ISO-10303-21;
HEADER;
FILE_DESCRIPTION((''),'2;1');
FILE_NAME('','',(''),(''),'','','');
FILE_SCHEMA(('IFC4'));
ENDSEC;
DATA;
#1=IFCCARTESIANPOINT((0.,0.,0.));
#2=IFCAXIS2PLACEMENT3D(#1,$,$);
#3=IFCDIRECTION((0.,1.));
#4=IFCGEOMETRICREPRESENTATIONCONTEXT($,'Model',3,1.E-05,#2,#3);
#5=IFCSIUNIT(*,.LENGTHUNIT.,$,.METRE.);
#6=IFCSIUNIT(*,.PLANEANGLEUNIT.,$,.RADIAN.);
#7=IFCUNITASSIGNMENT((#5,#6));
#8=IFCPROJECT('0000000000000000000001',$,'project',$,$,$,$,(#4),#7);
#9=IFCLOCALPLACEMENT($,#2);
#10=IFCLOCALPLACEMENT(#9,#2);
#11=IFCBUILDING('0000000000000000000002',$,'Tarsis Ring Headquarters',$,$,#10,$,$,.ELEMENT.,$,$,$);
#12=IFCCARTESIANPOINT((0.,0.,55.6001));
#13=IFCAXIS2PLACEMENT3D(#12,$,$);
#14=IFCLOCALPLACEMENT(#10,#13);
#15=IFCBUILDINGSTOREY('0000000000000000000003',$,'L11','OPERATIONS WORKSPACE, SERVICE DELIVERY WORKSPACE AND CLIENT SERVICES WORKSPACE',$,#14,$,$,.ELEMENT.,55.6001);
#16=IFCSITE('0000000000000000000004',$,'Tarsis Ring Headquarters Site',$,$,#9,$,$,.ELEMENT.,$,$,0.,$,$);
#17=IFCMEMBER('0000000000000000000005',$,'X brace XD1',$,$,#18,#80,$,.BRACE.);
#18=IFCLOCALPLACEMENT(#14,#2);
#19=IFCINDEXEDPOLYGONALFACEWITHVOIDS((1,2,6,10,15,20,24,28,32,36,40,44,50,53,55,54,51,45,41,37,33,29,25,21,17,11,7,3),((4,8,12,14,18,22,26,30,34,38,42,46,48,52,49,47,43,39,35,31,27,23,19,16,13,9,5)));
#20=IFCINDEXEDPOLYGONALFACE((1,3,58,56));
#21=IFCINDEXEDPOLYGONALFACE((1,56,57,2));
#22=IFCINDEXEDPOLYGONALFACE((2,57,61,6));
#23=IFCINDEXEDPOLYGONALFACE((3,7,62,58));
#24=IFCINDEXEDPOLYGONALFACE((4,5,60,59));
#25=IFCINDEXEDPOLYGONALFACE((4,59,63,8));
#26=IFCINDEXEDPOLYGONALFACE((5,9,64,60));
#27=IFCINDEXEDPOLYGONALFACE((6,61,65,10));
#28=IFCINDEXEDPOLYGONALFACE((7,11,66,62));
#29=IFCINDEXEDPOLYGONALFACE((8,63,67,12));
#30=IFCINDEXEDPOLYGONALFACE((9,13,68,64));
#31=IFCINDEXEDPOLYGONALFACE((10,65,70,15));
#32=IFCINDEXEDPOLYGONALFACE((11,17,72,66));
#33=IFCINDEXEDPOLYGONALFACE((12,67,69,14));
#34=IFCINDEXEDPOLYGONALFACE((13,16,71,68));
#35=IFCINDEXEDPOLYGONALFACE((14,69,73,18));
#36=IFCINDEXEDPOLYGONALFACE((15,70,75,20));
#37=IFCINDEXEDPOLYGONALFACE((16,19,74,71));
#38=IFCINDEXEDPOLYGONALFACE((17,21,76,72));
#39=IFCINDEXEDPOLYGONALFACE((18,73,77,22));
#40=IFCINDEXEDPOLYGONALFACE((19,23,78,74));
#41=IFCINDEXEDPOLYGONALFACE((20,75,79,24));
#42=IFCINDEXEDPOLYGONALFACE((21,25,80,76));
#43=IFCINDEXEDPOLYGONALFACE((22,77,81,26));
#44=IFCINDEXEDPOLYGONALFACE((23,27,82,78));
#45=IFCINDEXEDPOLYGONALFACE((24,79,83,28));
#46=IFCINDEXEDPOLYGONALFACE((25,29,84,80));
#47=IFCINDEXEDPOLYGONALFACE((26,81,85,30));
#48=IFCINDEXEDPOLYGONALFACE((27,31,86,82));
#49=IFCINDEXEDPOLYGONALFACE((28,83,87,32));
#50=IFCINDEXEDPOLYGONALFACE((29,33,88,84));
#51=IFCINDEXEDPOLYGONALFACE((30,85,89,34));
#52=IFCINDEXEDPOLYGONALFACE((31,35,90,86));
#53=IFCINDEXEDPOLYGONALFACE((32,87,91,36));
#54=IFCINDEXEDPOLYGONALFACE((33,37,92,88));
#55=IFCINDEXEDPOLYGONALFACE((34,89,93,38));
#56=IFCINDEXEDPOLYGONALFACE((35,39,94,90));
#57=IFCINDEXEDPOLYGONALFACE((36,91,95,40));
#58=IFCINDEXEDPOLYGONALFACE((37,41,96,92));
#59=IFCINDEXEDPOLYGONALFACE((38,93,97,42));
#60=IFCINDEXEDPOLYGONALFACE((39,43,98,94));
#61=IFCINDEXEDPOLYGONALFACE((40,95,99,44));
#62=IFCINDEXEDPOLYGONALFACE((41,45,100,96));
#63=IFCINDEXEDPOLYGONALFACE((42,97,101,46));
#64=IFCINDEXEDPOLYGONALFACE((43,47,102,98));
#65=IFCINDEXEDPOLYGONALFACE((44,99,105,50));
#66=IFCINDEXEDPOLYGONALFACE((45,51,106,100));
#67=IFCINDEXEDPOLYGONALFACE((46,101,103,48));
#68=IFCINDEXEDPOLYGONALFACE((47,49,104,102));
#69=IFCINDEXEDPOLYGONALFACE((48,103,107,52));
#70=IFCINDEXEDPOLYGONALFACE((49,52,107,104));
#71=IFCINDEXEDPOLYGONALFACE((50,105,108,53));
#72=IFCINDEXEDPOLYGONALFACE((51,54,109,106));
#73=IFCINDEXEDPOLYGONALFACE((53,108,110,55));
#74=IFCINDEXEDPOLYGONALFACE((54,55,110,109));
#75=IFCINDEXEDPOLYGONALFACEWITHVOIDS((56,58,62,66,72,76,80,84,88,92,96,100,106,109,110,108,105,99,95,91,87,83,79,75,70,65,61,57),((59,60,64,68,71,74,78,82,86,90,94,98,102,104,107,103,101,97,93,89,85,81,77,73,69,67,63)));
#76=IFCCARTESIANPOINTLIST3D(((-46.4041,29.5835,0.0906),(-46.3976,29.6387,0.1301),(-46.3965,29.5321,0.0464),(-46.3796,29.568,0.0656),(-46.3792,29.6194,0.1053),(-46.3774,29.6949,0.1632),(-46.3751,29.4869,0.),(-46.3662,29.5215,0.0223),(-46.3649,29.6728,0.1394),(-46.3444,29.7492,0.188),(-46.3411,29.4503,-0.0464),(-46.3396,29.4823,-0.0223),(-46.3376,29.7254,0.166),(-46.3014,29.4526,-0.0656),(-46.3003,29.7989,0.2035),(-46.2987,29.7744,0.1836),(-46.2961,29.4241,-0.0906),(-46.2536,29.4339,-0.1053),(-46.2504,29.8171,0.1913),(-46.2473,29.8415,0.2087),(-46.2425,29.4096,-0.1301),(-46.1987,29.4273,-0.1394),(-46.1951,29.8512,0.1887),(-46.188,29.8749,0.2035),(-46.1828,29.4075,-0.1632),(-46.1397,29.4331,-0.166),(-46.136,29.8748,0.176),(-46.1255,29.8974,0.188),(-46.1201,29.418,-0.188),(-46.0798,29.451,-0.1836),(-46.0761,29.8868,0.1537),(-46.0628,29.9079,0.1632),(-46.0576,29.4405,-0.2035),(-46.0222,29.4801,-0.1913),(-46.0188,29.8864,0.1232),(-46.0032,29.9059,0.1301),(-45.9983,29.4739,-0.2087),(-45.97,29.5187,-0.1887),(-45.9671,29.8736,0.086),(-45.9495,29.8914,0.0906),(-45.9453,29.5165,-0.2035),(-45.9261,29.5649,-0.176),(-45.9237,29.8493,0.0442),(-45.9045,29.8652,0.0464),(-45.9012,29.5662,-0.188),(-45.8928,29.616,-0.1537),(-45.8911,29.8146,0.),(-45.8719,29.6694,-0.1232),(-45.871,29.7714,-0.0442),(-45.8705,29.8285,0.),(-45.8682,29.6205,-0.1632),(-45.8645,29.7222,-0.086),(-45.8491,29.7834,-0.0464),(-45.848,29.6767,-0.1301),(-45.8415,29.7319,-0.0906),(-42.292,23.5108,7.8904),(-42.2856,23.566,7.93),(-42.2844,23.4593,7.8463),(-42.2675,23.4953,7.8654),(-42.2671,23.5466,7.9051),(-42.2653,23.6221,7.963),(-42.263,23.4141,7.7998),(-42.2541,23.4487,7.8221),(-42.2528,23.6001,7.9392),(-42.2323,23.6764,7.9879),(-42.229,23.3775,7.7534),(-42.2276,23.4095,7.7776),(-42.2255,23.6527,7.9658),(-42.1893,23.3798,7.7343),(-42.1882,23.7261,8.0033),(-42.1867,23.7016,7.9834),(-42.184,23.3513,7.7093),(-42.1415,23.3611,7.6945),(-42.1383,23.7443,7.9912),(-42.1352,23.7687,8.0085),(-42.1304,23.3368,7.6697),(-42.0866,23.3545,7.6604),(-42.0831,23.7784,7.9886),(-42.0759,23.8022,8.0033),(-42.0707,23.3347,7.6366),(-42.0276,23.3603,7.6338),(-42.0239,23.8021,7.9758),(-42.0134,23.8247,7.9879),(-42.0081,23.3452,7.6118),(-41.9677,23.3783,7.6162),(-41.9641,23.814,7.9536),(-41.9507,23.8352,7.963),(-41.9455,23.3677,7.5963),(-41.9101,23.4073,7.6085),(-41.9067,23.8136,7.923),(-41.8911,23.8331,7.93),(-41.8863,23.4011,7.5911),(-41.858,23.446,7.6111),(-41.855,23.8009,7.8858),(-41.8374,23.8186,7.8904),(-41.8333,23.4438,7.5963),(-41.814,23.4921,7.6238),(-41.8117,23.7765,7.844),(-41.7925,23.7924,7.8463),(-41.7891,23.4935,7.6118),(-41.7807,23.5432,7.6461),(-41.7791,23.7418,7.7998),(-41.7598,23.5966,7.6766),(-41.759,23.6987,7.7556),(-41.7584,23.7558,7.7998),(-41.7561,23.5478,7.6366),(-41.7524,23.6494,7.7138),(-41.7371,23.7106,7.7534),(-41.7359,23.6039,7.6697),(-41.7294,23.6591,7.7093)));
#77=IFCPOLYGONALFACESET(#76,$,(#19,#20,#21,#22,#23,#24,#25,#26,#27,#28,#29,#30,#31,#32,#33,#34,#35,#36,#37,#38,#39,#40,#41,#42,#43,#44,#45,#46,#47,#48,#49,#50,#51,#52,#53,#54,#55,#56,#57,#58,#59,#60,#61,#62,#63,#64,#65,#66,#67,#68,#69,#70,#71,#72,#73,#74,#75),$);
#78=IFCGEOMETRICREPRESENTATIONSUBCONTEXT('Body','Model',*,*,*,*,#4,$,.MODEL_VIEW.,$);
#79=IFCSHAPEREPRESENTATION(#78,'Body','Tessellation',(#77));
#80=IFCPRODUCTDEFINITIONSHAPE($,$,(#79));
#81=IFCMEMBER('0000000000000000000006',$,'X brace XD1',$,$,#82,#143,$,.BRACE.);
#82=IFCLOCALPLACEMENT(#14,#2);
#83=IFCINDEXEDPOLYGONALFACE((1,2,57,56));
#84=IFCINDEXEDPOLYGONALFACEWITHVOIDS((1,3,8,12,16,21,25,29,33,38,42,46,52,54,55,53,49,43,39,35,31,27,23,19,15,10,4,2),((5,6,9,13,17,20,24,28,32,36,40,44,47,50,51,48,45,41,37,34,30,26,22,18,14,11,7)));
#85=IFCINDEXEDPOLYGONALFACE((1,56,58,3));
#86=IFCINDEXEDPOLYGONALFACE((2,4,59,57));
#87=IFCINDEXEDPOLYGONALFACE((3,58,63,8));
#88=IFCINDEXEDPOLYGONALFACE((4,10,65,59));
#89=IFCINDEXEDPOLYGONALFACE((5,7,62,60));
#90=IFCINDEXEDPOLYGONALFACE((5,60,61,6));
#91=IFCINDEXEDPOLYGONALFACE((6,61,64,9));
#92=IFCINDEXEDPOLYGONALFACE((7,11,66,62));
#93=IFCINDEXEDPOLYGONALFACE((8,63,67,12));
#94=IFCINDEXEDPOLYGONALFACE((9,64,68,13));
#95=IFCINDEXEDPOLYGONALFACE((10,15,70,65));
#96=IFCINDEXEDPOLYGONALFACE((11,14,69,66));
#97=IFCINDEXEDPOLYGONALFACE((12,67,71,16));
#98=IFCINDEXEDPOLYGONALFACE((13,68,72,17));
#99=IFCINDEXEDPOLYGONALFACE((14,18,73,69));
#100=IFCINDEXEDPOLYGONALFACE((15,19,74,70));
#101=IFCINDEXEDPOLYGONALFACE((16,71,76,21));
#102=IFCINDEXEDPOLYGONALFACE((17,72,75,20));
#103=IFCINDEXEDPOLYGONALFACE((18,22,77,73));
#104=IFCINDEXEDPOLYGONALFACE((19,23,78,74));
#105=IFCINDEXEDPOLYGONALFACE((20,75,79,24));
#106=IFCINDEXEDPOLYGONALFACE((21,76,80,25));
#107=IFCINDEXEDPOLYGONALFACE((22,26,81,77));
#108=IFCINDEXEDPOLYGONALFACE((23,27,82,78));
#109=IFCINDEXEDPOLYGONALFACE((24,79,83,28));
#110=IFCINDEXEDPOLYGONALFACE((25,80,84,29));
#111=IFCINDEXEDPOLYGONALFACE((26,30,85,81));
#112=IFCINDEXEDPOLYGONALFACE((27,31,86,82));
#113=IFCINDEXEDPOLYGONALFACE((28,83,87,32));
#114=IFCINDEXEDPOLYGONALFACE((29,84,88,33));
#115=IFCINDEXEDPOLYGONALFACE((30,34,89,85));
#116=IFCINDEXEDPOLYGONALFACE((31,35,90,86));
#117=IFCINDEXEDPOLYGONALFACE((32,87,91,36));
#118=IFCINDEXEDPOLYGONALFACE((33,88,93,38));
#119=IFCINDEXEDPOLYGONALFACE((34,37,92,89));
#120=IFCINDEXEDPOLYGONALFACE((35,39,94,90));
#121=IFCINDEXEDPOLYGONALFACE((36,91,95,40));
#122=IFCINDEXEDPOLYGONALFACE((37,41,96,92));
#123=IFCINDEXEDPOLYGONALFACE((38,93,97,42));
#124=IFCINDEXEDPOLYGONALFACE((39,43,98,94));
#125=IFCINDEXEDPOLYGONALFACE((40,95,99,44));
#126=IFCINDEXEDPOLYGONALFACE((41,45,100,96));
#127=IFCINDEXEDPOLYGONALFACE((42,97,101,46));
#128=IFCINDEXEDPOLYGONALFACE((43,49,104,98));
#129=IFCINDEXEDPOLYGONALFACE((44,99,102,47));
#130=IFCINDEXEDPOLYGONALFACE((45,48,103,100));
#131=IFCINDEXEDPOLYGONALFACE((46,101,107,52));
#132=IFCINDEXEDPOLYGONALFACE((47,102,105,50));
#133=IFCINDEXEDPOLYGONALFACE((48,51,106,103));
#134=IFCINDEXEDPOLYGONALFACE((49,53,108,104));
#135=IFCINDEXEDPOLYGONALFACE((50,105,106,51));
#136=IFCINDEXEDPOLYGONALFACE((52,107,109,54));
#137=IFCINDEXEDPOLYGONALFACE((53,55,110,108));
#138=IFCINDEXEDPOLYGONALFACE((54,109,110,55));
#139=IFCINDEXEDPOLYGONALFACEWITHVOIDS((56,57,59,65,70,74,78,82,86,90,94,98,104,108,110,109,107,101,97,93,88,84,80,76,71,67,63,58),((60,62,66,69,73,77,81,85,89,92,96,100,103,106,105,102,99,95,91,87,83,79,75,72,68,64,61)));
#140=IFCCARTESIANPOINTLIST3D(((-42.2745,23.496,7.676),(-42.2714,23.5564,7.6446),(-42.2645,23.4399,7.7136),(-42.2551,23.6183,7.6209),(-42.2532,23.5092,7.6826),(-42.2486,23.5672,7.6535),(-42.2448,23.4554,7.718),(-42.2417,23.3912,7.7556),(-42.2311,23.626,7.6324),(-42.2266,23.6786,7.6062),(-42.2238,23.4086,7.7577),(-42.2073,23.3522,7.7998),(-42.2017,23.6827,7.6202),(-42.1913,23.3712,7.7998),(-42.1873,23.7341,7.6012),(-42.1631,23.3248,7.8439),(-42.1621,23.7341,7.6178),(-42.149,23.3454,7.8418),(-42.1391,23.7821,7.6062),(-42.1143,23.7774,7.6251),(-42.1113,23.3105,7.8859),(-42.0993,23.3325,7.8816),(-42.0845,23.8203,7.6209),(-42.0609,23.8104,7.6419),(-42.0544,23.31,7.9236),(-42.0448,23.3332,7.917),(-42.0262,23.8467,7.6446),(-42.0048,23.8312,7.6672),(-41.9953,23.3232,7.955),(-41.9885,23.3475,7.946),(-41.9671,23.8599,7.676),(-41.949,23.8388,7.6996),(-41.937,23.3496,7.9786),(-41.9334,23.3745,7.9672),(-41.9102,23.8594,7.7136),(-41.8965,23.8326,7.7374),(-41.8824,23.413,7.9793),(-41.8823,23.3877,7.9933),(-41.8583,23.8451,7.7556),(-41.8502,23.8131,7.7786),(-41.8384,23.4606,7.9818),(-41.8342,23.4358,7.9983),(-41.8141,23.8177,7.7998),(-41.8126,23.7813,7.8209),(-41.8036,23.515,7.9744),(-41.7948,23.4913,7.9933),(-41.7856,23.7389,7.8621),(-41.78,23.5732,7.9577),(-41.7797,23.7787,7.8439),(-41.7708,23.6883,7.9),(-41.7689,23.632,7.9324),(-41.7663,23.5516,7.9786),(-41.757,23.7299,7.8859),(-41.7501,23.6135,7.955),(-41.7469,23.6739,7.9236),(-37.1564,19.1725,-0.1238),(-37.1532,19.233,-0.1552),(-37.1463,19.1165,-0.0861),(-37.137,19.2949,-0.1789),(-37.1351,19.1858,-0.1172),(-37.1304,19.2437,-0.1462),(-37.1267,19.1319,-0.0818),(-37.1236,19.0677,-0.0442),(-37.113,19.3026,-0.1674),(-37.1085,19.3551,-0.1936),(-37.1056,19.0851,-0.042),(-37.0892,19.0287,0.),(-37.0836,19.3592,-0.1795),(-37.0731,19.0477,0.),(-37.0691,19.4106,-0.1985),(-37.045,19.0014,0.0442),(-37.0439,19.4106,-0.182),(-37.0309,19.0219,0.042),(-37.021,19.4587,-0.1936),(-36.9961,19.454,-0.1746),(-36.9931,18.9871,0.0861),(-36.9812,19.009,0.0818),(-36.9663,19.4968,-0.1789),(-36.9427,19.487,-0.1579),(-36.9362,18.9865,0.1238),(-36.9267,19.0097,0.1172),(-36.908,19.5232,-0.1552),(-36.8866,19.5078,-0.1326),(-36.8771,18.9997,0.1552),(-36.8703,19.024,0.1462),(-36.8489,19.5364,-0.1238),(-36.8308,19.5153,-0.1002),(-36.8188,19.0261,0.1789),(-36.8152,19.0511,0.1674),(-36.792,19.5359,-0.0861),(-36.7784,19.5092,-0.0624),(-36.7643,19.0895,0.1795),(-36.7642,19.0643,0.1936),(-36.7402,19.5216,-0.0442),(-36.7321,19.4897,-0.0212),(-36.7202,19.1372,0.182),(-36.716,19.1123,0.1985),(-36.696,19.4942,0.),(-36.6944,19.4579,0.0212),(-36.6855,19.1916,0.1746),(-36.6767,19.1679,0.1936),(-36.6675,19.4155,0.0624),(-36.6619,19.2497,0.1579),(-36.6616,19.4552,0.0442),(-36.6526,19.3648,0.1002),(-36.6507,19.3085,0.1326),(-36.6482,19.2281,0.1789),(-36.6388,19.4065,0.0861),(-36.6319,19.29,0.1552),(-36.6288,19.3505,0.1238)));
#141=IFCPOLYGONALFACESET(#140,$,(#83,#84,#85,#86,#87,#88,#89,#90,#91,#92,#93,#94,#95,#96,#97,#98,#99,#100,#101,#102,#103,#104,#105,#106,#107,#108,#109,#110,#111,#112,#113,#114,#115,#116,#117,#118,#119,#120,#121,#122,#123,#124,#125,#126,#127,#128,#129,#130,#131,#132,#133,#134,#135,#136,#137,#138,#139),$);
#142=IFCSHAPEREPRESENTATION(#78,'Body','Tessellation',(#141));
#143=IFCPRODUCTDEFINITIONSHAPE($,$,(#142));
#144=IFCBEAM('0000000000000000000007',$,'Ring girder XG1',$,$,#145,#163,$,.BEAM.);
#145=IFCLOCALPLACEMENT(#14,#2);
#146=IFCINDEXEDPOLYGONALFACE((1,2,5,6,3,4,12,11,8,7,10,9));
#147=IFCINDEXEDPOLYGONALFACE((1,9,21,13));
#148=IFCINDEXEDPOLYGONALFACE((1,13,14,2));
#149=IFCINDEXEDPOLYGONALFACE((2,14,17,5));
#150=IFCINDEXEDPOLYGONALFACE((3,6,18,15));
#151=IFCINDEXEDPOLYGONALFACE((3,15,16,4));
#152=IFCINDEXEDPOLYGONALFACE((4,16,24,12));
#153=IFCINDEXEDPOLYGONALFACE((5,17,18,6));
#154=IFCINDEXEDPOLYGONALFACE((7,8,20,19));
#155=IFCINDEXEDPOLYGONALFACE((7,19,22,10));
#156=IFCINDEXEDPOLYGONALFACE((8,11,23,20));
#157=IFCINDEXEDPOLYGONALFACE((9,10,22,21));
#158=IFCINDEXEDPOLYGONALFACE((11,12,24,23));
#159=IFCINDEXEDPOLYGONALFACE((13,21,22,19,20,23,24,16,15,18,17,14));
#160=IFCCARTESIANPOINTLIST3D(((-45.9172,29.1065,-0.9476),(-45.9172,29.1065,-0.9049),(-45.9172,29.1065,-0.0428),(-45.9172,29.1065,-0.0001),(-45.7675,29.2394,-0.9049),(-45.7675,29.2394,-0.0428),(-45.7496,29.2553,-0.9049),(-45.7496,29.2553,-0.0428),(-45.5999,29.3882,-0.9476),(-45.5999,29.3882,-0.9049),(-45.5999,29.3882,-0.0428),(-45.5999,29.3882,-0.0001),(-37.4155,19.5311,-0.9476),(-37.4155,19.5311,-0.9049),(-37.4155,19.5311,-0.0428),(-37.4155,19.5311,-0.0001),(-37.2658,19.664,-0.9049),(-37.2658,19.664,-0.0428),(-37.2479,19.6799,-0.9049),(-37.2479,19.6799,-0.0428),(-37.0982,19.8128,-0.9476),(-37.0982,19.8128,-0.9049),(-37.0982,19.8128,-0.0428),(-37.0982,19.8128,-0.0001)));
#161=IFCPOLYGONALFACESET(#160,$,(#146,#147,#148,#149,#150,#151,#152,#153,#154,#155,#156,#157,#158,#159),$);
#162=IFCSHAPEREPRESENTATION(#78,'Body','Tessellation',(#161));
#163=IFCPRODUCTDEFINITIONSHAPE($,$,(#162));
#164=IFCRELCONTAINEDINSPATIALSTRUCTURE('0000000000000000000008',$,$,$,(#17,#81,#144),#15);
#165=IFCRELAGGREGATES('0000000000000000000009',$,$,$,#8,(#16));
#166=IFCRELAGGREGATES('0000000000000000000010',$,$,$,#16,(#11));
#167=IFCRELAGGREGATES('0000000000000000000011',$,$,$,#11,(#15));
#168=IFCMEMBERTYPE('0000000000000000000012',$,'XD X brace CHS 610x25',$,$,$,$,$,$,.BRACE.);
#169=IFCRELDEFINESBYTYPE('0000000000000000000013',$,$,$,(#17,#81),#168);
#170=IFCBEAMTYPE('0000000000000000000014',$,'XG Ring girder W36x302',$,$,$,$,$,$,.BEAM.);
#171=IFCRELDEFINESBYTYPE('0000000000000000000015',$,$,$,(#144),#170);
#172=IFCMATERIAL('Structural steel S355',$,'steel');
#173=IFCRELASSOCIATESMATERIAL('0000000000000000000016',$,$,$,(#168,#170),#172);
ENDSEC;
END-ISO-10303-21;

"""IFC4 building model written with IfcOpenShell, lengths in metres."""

from ifc_helpers import new_model, si_unit, direction, frame, origin, origin_2d, place, context, subcontext, project, spatial, hollow_circle, i_section, extrude, material, material_profile, profile_set, type_object, element, save


model = new_model("IFC4")

# Units and contexts
model_context = context("Model", 3, precision=1e-05, world=origin(), true_north=direction((0.0, 1.0)))
body_context = subcontext(model_context, "Body", "Model", "MODEL_VIEW")
ifc_project = project(units=[si_unit("LENGTHUNIT", "METRE"), si_unit("PLANEANGLEUNIT", "RADIAN")], contexts=[model_context])

# Site, building, storey
site_placement = place(None, origin())
site = spatial("IfcSite", under=ifc_project, at=site_placement, Name="Tarsis Ring Headquarters Site", CompositionType="ELEMENT", RefElevation=0.0)
building_placement = place(site_placement, origin())
building = spatial("IfcBuilding", under=site, at=building_placement, Name="Tarsis Ring Headquarters", CompositionType="ELEMENT")
storey_placement = place(building_placement, frame((0.0, 0.0, 55.6001)))
storey = spatial("IfcBuildingStorey", under=building, at=storey_placement, Name="L11", Description="OPERATIONS WORKSPACE, SERVICE DELIVERY WORKSPACE AND CLIENT SERVICES WORKSPACE", CompositionType="ELEMENT", Elevation=55.6001)

# Members
ifc_material_1 = material(Name="Structural steel S355", Category="steel")
ifc_material_profile_1 = material_profile(ifc_material_1, hollow_circle(Radius=0.3047, WallThickness=0.0249, at=origin_2d()), Name="CHS 610x25")
ifc_profile_set_1 = profile_set([ifc_material_profile_1], Name="Structural steel S355")
member_type = type_object("IfcMemberType", Name="XD X brace CHS 610x25", PredefinedType="BRACE", material=ifc_profile_set_1)
member_1_placement = place(storey_placement, frame((-46.1228, 29.6577, 0.0), z_axis=(0.384079, -0.567214, 0.728526), x_axis=(0.828029, 0.560685, 0.0)))
element("IfcMember", 1, at=member_1_placement, inside=storey, type_object=member_type, Name="X brace XD1", PredefinedType="BRACE", context=body_context, shape_type="SweptSolid", body=[
    extrude(hollow_circle(Radius=0.3047, WallThickness=0.0249, at=origin_2d()), origin(), (0.0, 0.0, 1.0), 10.7063),
])
member_2_placement = place(storey_placement, frame((-36.8926, 19.2615, 0.0), z_axis=(-0.497766, 0.42048, 0.758568), x_axis=(-0.64531, -0.763921, 0.0)))
element("IfcMember", 2, at=member_2_placement, inside=storey, type_object=member_type, Name="X brace XD1", PredefinedType="BRACE", context=body_context, shape_type="SweptSolid", body=[
    extrude(hollow_circle(Radius=0.3047, WallThickness=0.0249, at=origin_2d()), origin(), (0.0, 0.0, 1.0), 10.2822),
])

# Beam
ifc_material_profile_2 = material_profile(ifc_material_1, i_section(OverallWidth=0.4243, OverallDepth=0.9475, WebThickness=0.0239, FlangeThickness=0.0427, at=origin_2d()), Name="W36x302")
ifc_profile_set_2 = profile_set([ifc_material_profile_2], Name="Structural steel S355")
beam_type = type_object("IfcBeamType", Name="XG Ring girder W36x302", PredefinedType="BEAM", material=ifc_profile_set_2)
beam_placement = place(storey_placement, frame((-45.7585, 29.2473, -0.4739), z_axis=(0.663937, -0.747789, 0.0), x_axis=(0.747789, 0.663937, 0.0)))
element("IfcBeam", 3, at=beam_placement, inside=storey, type_object=beam_type, Name="Ring girder XG1", PredefinedType="BEAM", context=body_context, shape_type="SweptSolid", body=[
    extrude(i_section(OverallWidth=0.4243, OverallDepth=0.9475, WebThickness=0.0239, FlangeThickness=0.0427, at=origin_2d()), origin(), (0.0, 0.0, 1.0), 12.8049),
])

save(model, "model.ifc")
